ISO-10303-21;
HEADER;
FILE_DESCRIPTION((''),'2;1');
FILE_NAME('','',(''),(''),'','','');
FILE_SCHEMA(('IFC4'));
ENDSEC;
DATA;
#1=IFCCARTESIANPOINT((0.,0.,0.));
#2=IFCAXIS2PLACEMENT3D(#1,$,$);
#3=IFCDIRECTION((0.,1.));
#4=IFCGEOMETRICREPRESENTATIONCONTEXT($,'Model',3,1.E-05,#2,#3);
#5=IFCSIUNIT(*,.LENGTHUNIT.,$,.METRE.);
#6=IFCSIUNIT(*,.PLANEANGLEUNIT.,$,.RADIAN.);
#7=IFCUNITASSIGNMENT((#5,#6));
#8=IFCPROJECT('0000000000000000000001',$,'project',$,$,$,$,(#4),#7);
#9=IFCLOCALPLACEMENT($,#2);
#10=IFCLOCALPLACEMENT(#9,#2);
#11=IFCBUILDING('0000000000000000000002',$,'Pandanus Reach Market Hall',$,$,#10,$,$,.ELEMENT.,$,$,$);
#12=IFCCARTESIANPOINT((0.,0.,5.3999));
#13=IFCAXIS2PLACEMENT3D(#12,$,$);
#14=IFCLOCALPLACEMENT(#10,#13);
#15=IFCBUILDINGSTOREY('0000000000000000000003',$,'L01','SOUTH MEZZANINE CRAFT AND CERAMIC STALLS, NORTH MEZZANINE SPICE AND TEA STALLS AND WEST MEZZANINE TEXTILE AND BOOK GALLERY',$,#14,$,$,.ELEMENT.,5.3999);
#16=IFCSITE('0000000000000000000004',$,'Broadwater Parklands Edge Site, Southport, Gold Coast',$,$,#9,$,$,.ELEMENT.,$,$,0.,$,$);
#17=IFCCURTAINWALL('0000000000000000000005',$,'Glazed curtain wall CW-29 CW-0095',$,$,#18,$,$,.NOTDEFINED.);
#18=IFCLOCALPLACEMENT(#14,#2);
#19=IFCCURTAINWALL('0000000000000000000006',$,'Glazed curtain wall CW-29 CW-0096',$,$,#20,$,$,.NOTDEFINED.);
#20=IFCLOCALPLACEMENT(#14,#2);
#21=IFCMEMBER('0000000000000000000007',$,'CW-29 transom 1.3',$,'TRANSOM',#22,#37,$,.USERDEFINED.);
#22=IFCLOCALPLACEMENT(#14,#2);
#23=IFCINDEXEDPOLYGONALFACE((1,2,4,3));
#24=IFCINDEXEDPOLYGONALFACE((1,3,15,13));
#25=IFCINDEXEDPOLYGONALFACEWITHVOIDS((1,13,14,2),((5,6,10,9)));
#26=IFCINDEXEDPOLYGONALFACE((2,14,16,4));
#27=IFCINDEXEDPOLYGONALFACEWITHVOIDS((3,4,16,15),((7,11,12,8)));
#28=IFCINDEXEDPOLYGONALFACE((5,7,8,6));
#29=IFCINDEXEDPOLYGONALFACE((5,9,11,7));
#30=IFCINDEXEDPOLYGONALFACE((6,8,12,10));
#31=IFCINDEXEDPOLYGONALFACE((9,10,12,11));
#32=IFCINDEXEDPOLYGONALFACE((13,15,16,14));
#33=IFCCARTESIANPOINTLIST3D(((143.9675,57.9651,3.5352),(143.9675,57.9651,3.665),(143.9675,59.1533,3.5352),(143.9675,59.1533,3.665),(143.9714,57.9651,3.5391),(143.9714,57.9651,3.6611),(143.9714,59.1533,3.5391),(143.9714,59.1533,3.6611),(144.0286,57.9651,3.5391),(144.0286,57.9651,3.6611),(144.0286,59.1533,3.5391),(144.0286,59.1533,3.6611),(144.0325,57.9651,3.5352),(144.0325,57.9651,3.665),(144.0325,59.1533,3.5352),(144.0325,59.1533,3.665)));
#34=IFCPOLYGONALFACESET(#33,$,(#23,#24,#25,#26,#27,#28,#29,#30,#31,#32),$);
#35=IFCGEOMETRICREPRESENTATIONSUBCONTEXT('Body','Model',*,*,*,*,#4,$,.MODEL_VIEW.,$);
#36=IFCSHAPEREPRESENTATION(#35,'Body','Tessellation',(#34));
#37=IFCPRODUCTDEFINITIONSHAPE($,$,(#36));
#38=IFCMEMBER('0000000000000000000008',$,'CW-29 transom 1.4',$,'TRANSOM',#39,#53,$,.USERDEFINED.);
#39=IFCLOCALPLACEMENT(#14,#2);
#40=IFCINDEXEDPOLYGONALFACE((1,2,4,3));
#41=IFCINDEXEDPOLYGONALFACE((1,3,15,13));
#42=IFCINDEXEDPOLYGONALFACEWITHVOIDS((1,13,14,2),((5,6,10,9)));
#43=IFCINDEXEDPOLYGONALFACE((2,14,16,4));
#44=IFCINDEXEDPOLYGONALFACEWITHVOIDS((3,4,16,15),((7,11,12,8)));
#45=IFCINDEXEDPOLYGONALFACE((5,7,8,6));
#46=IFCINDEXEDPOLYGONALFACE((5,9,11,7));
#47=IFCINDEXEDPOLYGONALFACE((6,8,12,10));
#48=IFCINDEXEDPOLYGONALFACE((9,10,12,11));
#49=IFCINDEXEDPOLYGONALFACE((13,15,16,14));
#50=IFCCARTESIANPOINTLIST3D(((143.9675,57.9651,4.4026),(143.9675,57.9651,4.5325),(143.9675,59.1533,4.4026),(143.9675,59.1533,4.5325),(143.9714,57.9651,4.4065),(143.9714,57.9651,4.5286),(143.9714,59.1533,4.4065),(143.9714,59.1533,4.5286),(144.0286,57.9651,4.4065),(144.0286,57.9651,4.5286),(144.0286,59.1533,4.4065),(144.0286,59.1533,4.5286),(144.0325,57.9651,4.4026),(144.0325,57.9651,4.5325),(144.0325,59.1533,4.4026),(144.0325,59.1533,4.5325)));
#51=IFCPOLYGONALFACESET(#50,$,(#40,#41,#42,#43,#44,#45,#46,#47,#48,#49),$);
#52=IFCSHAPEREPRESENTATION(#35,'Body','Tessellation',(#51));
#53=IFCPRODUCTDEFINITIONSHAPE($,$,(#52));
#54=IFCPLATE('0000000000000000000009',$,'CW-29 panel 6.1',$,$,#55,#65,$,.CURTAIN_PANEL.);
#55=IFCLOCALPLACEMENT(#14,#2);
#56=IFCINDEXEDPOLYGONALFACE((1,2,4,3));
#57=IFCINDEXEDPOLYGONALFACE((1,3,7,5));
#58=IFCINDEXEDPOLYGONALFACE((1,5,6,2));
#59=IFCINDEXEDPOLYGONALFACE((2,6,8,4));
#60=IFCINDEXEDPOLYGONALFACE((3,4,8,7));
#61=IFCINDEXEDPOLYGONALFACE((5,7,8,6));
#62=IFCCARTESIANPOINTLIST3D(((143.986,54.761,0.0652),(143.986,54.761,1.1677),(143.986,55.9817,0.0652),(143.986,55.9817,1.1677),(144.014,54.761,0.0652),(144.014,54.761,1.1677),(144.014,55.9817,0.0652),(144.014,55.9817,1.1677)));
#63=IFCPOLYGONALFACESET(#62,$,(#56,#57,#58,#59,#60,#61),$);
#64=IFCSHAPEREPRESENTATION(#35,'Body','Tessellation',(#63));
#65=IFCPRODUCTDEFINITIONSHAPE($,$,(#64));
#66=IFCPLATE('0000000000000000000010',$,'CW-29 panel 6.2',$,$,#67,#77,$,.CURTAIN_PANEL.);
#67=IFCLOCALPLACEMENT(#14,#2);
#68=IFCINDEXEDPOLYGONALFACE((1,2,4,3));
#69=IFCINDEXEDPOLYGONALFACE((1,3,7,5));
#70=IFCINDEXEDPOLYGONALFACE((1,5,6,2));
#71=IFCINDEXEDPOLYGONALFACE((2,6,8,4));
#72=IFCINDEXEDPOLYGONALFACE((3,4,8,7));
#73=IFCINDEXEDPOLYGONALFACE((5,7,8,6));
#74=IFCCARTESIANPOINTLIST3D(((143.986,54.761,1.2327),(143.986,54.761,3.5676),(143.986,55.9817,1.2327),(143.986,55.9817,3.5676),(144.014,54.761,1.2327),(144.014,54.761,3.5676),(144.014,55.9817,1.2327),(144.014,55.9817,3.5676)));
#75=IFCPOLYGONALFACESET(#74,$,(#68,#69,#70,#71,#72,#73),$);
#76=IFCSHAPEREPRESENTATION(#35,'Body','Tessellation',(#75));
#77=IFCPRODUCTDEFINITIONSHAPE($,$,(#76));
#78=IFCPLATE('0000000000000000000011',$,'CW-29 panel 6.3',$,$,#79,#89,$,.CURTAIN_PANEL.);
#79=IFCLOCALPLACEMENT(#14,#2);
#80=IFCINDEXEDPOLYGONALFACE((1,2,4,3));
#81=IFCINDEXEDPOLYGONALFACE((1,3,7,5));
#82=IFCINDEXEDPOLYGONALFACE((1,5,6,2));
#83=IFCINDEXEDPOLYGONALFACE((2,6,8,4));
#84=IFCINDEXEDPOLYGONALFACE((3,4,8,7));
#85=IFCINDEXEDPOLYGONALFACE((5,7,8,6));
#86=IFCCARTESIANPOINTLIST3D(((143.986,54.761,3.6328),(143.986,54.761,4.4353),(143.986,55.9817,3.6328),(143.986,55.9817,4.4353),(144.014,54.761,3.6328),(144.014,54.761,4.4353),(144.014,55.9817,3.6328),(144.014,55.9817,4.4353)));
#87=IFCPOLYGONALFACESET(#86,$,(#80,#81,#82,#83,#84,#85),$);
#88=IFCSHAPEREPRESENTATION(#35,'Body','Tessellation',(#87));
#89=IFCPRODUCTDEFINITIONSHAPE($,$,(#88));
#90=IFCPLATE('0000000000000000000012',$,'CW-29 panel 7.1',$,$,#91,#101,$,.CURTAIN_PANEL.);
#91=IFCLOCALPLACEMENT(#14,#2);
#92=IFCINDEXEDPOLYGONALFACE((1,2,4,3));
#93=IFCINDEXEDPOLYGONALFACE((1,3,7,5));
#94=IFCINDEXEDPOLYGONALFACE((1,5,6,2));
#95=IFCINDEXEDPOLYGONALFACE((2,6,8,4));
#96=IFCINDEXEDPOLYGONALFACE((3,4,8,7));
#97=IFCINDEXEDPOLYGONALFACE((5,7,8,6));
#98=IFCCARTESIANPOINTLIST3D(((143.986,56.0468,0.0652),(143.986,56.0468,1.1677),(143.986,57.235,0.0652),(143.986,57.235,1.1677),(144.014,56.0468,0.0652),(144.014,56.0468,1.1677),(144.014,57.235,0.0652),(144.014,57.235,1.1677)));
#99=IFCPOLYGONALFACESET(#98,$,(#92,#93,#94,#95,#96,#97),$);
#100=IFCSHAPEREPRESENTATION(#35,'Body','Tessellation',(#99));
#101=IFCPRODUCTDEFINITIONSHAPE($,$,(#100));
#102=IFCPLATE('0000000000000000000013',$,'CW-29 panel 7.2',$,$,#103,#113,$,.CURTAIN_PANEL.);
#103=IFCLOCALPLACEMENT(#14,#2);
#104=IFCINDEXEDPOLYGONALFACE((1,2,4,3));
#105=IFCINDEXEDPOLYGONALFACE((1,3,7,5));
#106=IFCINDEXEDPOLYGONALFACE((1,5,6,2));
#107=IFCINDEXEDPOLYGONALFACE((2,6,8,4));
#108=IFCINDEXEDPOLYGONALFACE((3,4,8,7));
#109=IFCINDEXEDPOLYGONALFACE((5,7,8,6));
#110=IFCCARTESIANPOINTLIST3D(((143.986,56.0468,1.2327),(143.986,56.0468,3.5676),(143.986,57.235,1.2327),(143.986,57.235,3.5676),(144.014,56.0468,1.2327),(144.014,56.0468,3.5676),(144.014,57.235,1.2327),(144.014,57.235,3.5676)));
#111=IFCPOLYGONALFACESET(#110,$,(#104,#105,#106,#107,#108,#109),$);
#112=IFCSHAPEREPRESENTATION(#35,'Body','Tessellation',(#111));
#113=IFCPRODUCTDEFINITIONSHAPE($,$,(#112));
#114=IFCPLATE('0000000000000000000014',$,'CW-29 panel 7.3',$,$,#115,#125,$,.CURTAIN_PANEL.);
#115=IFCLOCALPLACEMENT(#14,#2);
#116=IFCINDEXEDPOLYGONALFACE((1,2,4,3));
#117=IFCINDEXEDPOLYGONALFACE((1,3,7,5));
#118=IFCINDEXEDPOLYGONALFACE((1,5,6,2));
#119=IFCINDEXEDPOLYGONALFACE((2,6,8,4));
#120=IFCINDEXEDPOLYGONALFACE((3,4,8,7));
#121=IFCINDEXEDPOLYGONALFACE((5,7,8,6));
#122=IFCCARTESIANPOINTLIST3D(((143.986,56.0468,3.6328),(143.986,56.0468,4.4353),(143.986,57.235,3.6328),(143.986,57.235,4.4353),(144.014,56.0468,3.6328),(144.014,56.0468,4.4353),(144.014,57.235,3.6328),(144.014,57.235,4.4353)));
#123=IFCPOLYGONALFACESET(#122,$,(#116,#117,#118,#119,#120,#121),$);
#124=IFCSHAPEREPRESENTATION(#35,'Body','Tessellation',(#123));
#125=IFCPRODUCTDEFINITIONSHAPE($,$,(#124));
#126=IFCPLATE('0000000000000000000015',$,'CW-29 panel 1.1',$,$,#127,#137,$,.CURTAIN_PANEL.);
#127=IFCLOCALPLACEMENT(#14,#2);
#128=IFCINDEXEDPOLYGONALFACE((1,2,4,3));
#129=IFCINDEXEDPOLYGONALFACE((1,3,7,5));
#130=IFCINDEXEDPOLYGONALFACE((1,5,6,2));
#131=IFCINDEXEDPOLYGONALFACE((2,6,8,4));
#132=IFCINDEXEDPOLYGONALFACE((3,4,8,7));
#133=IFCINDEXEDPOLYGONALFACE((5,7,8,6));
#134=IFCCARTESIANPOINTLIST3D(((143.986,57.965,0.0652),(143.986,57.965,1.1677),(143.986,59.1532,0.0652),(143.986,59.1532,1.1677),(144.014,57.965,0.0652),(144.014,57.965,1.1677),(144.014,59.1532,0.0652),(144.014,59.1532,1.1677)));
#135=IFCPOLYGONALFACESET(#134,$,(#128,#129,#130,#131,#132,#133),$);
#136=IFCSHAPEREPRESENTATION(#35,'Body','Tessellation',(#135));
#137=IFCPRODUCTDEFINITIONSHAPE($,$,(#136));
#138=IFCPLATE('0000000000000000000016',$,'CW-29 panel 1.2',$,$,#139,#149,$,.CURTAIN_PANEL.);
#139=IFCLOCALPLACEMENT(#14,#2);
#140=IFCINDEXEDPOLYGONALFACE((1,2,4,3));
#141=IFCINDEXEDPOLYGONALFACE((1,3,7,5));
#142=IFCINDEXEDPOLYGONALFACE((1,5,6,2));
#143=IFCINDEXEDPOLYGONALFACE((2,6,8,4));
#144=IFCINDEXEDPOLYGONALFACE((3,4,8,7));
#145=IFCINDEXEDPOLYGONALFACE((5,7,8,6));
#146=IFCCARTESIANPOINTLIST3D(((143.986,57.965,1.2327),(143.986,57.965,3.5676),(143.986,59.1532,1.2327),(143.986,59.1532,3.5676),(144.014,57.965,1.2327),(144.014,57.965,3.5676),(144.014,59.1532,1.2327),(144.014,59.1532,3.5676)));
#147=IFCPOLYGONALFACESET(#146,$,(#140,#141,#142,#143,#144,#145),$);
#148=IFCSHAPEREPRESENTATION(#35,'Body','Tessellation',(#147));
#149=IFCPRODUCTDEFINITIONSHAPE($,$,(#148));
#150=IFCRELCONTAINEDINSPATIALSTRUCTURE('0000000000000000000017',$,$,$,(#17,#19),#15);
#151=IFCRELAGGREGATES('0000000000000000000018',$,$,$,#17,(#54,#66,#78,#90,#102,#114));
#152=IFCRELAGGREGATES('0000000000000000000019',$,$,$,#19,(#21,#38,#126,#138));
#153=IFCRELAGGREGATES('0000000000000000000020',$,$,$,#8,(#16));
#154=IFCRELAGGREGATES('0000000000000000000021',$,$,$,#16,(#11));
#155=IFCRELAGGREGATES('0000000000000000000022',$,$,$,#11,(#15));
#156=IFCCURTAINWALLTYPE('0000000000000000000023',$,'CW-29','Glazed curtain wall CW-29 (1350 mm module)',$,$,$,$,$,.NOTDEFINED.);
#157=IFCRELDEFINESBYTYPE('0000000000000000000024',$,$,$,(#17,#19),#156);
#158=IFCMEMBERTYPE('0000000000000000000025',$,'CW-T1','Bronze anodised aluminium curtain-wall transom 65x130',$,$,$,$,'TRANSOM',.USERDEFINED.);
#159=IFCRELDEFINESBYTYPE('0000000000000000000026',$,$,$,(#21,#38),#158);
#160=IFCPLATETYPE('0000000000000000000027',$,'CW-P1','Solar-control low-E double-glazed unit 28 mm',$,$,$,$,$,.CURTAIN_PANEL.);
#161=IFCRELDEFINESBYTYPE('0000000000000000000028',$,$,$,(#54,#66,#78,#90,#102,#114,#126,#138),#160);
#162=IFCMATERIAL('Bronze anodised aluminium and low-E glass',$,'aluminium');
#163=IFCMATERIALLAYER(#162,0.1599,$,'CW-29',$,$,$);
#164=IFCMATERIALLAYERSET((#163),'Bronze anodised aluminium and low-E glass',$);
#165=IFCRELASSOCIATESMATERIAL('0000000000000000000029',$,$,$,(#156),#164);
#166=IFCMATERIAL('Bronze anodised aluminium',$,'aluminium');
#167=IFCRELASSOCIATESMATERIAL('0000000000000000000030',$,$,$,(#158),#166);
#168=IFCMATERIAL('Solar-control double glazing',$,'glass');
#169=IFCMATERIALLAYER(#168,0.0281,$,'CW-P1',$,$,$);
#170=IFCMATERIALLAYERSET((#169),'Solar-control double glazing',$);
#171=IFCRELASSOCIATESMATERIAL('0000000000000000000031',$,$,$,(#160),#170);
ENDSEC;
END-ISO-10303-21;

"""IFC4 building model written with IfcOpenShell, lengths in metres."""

from ifc_helpers import new_model, si_unit, direction, frame, origin, origin_2d, place, context, subcontext, project, spatial, rectangle, hollow_rectangle, extrude, material, layer, layer_set, material_profile, profile_set, type_object, element, aggregate, save


model = new_model("IFC4")

# Units and contexts
model_context = context("Model", 3, precision=1e-05, world=origin(), true_north=direction((0.0, 1.0)))
body_context = subcontext(model_context, "Body", "Model", "MODEL_VIEW")
ifc_project = project(units=[si_unit("LENGTHUNIT", "METRE"), si_unit("PLANEANGLEUNIT", "RADIAN")], contexts=[model_context])

# Site, building, storey
site_placement = place(None, origin())
site = spatial("IfcSite", under=ifc_project, at=site_placement, Name="Broadwater Parklands Edge Site, Southport, Gold Coast", CompositionType="ELEMENT", RefElevation=0.0)
building_placement = place(site_placement, origin())
building = spatial("IfcBuilding", under=site, at=building_placement, Name="Pandanus Reach Market Hall", CompositionType="ELEMENT")
storey_placement = place(building_placement, frame((0.0, 0.0, 5.3999)))
storey = spatial("IfcBuildingStorey", under=building, at=storey_placement, Name="L01", Description="SOUTH MEZZANINE CRAFT AND CERAMIC STALLS, NORTH MEZZANINE SPICE AND TEA STALLS AND WEST MEZZANINE TEXTILE AND BOOK GALLERY", CompositionType="ELEMENT", Elevation=5.3999)

# Curtain wall
ifc_material_1 = material(Name="Bronze anodised aluminium and low-E glass", Category="aluminium")
ifc_layer_1 = layer(ifc_material_1, 0.1599, Name="CW-29")
ifc_layer_set_1 = layer_set([ifc_layer_1], Name="Bronze anodised aluminium and low-E glass")
curtain_wall_type = type_object("IfcCurtainWallType", Name="CW-29", Description="Glazed curtain wall CW-29 (1350 mm module)", PredefinedType="NOTDEFINED", material=ifc_layer_set_1)
curtain_wall_1_placement = place(storey_placement, origin())
curtain_wall_1 = element("IfcCurtainWall", 1, at=curtain_wall_1_placement, inside=storey, type_object=curtain_wall_type, Name="Glazed curtain wall CW-29 CW-0095", PredefinedType="NOTDEFINED")
ifc_material_2 = material(Name="Bronze anodised aluminium", Category="aluminium")

# Curtain wall
curtain_wall_2_placement = place(storey_placement, origin())
curtain_wall_2 = element("IfcCurtainWall", 2, at=curtain_wall_2_placement, inside=storey, type_object=curtain_wall_type, Name="Glazed curtain wall CW-29 CW-0096", PredefinedType="NOTDEFINED")

# Members
ifc_material_profile_1 = material_profile(ifc_material_2, hollow_rectangle(XDim=0.0649, YDim=0.1299, WallThickness=0.0039, at=origin_2d()), Name="ALU65x130", Category="LoadBearing")
ifc_profile_set_1 = profile_set([ifc_material_profile_1], Name="Bronze anodised aluminium")
member_type_1 = type_object("IfcMemberType", Name="CW-T1", Description="Bronze anodised aluminium curtain-wall transom 65x130", ElementType="TRANSOM", PredefinedType="USERDEFINED", material=ifc_profile_set_1)
member_1_placement = place(storey_placement, frame((144.0, 57.9651, 3.6001), z_axis=(0.0, 1.0, 0.0), x_axis=(-1.0, 0.0, 0.0)))
member_1 = element("IfcMember", 3, at=member_1_placement, type_object=member_type_1, Name="CW-29 transom 1.3", ObjectType="TRANSOM", PredefinedType="USERDEFINED", context=body_context, shape_type="SweptSolid", body=[
    extrude(hollow_rectangle(XDim=0.0649, YDim=0.1299, WallThickness=0.0039, at=origin_2d()), origin(), (0.0, 0.0, 1.0), 1.1882),
])
member_2_placement = place(storey_placement, frame((144.0, 57.9651, 4.4675), z_axis=(0.0, 1.0, 0.0), x_axis=(-1.0, 0.0, 0.0)))
member_2 = element("IfcMember", 4, at=member_2_placement, type_object=member_type_1, Name="CW-29 transom 1.4", ObjectType="TRANSOM", PredefinedType="USERDEFINED", context=body_context, shape_type="SweptSolid", body=[
    extrude(hollow_rectangle(XDim=0.0649, YDim=0.1299, WallThickness=0.0039, at=origin_2d()), origin(), (0.0, 0.0, 1.0), 1.1882),
])

# Plates
ifc_material_3 = material(Name="Solar-control double glazing", Category="glass")
ifc_layer_2 = layer(ifc_material_3, 0.0281, Name="CW-P1")
ifc_layer_set_2 = layer_set([ifc_layer_2], Name="Solar-control double glazing")
plate_type = type_object("IfcPlateType", Name="CW-P1", Description="Solar-control low-E double-glazed unit 28 mm", PredefinedType="CURTAIN_PANEL", material=ifc_layer_set_2)
plate_1_placement = place(storey_placement, frame((144.0, 55.3713, 0.0652), z_axis=(0.0, 0.0, 1.0), x_axis=(0.0, 1.0, 0.0)))
plate_1 = element("IfcPlate", 5, at=plate_1_placement, type_object=plate_type, Name="CW-29 panel 6.1", PredefinedType="CURTAIN_PANEL", context=body_context, shape_type="SweptSolid", body=[
    extrude(rectangle(XDim=1.2207, YDim=0.0281, at=origin_2d()), origin(), (0.0, 0.0, 1.0), 1.1025),
])
plate_2_placement = place(storey_placement, frame((144.0, 55.3713, 1.2327), z_axis=(0.0, 0.0, 1.0), x_axis=(0.0, 1.0, 0.0)))
plate_2 = element("IfcPlate", 6, at=plate_2_placement, type_object=plate_type, Name="CW-29 panel 6.2", PredefinedType="CURTAIN_PANEL", context=body_context, shape_type="SweptSolid", body=[
    extrude(rectangle(XDim=1.2207, YDim=0.0281, at=origin_2d()), origin(), (0.0, 0.0, 1.0), 2.335),
])
plate_3_placement = place(storey_placement, frame((144.0, 55.3713, 3.6328), z_axis=(0.0, 0.0, 1.0), x_axis=(0.0, 1.0, 0.0)))
plate_3 = element("IfcPlate", 7, at=plate_3_placement, type_object=plate_type, Name="CW-29 panel 6.3", PredefinedType="CURTAIN_PANEL", context=body_context, shape_type="SweptSolid", body=[
    extrude(rectangle(XDim=1.2207, YDim=0.0281, at=origin_2d()), origin(), (0.0, 0.0, 1.0), 0.8025),
])
plate_4_placement = place(storey_placement, frame((144.0, 56.6409, 0.0652), z_axis=(0.0, 0.0, 1.0), x_axis=(0.0, 1.0, 0.0)))
plate_4 = element("IfcPlate", 8, at=plate_4_placement, type_object=plate_type, Name="CW-29 panel 7.1", PredefinedType="CURTAIN_PANEL", context=body_context, shape_type="SweptSolid", body=[
    extrude(rectangle(XDim=1.1882, YDim=0.0281, at=origin_2d()), origin(), (0.0, 0.0, 1.0), 1.1025),
])
plate_5_placement = place(storey_placement, frame((144.0, 56.6409, 1.2327), z_axis=(0.0, 0.0, 1.0), x_axis=(0.0, 1.0, 0.0)))
plate_5 = element("IfcPlate", 9, at=plate_5_placement, type_object=plate_type, Name="CW-29 panel 7.2", PredefinedType="CURTAIN_PANEL", context=body_context, shape_type="SweptSolid", body=[
    extrude(rectangle(XDim=1.1882, YDim=0.0281, at=origin_2d()), origin(), (0.0, 0.0, 1.0), 2.335),
])
plate_6_placement = place(storey_placement, frame((144.0, 56.6409, 3.6328), z_axis=(0.0, 0.0, 1.0), x_axis=(0.0, 1.0, 0.0)))
plate_6 = element("IfcPlate", 10, at=plate_6_placement, type_object=plate_type, Name="CW-29 panel 7.3", PredefinedType="CURTAIN_PANEL", context=body_context, shape_type="SweptSolid", body=[
    extrude(rectangle(XDim=1.1882, YDim=0.0281, at=origin_2d()), origin(), (0.0, 0.0, 1.0), 0.8025),
])
aggregate(curtain_wall_1, [plate_1, plate_2, plate_3, plate_4, plate_5, plate_6])
plate_7_placement = place(storey_placement, frame((144.0, 58.5591, 0.0652), z_axis=(0.0, 0.0, 1.0), x_axis=(0.0, 1.0, 0.0)))
plate_7 = element("IfcPlate", 11, at=plate_7_placement, type_object=plate_type, Name="CW-29 panel 1.1", PredefinedType="CURTAIN_PANEL", context=body_context, shape_type="SweptSolid", body=[
    extrude(rectangle(XDim=1.1882, YDim=0.0281, at=origin_2d()), origin(), (0.0, 0.0, 1.0), 1.1025),
])
plate_8_placement = place(storey_placement, frame((144.0, 58.5591, 1.2327), z_axis=(0.0, 0.0, 1.0), x_axis=(0.0, 1.0, 0.0)))
plate_8 = element("IfcPlate", 12, at=plate_8_placement, type_object=plate_type, Name="CW-29 panel 1.2", PredefinedType="CURTAIN_PANEL", context=body_context, shape_type="SweptSolid", body=[
    extrude(rectangle(XDim=1.1882, YDim=0.0281, at=origin_2d()), origin(), (0.0, 0.0, 1.0), 2.335),
])
aggregate(curtain_wall_2, [member_1, member_2, plate_7, plate_8])

save(model, "model.ifc")
